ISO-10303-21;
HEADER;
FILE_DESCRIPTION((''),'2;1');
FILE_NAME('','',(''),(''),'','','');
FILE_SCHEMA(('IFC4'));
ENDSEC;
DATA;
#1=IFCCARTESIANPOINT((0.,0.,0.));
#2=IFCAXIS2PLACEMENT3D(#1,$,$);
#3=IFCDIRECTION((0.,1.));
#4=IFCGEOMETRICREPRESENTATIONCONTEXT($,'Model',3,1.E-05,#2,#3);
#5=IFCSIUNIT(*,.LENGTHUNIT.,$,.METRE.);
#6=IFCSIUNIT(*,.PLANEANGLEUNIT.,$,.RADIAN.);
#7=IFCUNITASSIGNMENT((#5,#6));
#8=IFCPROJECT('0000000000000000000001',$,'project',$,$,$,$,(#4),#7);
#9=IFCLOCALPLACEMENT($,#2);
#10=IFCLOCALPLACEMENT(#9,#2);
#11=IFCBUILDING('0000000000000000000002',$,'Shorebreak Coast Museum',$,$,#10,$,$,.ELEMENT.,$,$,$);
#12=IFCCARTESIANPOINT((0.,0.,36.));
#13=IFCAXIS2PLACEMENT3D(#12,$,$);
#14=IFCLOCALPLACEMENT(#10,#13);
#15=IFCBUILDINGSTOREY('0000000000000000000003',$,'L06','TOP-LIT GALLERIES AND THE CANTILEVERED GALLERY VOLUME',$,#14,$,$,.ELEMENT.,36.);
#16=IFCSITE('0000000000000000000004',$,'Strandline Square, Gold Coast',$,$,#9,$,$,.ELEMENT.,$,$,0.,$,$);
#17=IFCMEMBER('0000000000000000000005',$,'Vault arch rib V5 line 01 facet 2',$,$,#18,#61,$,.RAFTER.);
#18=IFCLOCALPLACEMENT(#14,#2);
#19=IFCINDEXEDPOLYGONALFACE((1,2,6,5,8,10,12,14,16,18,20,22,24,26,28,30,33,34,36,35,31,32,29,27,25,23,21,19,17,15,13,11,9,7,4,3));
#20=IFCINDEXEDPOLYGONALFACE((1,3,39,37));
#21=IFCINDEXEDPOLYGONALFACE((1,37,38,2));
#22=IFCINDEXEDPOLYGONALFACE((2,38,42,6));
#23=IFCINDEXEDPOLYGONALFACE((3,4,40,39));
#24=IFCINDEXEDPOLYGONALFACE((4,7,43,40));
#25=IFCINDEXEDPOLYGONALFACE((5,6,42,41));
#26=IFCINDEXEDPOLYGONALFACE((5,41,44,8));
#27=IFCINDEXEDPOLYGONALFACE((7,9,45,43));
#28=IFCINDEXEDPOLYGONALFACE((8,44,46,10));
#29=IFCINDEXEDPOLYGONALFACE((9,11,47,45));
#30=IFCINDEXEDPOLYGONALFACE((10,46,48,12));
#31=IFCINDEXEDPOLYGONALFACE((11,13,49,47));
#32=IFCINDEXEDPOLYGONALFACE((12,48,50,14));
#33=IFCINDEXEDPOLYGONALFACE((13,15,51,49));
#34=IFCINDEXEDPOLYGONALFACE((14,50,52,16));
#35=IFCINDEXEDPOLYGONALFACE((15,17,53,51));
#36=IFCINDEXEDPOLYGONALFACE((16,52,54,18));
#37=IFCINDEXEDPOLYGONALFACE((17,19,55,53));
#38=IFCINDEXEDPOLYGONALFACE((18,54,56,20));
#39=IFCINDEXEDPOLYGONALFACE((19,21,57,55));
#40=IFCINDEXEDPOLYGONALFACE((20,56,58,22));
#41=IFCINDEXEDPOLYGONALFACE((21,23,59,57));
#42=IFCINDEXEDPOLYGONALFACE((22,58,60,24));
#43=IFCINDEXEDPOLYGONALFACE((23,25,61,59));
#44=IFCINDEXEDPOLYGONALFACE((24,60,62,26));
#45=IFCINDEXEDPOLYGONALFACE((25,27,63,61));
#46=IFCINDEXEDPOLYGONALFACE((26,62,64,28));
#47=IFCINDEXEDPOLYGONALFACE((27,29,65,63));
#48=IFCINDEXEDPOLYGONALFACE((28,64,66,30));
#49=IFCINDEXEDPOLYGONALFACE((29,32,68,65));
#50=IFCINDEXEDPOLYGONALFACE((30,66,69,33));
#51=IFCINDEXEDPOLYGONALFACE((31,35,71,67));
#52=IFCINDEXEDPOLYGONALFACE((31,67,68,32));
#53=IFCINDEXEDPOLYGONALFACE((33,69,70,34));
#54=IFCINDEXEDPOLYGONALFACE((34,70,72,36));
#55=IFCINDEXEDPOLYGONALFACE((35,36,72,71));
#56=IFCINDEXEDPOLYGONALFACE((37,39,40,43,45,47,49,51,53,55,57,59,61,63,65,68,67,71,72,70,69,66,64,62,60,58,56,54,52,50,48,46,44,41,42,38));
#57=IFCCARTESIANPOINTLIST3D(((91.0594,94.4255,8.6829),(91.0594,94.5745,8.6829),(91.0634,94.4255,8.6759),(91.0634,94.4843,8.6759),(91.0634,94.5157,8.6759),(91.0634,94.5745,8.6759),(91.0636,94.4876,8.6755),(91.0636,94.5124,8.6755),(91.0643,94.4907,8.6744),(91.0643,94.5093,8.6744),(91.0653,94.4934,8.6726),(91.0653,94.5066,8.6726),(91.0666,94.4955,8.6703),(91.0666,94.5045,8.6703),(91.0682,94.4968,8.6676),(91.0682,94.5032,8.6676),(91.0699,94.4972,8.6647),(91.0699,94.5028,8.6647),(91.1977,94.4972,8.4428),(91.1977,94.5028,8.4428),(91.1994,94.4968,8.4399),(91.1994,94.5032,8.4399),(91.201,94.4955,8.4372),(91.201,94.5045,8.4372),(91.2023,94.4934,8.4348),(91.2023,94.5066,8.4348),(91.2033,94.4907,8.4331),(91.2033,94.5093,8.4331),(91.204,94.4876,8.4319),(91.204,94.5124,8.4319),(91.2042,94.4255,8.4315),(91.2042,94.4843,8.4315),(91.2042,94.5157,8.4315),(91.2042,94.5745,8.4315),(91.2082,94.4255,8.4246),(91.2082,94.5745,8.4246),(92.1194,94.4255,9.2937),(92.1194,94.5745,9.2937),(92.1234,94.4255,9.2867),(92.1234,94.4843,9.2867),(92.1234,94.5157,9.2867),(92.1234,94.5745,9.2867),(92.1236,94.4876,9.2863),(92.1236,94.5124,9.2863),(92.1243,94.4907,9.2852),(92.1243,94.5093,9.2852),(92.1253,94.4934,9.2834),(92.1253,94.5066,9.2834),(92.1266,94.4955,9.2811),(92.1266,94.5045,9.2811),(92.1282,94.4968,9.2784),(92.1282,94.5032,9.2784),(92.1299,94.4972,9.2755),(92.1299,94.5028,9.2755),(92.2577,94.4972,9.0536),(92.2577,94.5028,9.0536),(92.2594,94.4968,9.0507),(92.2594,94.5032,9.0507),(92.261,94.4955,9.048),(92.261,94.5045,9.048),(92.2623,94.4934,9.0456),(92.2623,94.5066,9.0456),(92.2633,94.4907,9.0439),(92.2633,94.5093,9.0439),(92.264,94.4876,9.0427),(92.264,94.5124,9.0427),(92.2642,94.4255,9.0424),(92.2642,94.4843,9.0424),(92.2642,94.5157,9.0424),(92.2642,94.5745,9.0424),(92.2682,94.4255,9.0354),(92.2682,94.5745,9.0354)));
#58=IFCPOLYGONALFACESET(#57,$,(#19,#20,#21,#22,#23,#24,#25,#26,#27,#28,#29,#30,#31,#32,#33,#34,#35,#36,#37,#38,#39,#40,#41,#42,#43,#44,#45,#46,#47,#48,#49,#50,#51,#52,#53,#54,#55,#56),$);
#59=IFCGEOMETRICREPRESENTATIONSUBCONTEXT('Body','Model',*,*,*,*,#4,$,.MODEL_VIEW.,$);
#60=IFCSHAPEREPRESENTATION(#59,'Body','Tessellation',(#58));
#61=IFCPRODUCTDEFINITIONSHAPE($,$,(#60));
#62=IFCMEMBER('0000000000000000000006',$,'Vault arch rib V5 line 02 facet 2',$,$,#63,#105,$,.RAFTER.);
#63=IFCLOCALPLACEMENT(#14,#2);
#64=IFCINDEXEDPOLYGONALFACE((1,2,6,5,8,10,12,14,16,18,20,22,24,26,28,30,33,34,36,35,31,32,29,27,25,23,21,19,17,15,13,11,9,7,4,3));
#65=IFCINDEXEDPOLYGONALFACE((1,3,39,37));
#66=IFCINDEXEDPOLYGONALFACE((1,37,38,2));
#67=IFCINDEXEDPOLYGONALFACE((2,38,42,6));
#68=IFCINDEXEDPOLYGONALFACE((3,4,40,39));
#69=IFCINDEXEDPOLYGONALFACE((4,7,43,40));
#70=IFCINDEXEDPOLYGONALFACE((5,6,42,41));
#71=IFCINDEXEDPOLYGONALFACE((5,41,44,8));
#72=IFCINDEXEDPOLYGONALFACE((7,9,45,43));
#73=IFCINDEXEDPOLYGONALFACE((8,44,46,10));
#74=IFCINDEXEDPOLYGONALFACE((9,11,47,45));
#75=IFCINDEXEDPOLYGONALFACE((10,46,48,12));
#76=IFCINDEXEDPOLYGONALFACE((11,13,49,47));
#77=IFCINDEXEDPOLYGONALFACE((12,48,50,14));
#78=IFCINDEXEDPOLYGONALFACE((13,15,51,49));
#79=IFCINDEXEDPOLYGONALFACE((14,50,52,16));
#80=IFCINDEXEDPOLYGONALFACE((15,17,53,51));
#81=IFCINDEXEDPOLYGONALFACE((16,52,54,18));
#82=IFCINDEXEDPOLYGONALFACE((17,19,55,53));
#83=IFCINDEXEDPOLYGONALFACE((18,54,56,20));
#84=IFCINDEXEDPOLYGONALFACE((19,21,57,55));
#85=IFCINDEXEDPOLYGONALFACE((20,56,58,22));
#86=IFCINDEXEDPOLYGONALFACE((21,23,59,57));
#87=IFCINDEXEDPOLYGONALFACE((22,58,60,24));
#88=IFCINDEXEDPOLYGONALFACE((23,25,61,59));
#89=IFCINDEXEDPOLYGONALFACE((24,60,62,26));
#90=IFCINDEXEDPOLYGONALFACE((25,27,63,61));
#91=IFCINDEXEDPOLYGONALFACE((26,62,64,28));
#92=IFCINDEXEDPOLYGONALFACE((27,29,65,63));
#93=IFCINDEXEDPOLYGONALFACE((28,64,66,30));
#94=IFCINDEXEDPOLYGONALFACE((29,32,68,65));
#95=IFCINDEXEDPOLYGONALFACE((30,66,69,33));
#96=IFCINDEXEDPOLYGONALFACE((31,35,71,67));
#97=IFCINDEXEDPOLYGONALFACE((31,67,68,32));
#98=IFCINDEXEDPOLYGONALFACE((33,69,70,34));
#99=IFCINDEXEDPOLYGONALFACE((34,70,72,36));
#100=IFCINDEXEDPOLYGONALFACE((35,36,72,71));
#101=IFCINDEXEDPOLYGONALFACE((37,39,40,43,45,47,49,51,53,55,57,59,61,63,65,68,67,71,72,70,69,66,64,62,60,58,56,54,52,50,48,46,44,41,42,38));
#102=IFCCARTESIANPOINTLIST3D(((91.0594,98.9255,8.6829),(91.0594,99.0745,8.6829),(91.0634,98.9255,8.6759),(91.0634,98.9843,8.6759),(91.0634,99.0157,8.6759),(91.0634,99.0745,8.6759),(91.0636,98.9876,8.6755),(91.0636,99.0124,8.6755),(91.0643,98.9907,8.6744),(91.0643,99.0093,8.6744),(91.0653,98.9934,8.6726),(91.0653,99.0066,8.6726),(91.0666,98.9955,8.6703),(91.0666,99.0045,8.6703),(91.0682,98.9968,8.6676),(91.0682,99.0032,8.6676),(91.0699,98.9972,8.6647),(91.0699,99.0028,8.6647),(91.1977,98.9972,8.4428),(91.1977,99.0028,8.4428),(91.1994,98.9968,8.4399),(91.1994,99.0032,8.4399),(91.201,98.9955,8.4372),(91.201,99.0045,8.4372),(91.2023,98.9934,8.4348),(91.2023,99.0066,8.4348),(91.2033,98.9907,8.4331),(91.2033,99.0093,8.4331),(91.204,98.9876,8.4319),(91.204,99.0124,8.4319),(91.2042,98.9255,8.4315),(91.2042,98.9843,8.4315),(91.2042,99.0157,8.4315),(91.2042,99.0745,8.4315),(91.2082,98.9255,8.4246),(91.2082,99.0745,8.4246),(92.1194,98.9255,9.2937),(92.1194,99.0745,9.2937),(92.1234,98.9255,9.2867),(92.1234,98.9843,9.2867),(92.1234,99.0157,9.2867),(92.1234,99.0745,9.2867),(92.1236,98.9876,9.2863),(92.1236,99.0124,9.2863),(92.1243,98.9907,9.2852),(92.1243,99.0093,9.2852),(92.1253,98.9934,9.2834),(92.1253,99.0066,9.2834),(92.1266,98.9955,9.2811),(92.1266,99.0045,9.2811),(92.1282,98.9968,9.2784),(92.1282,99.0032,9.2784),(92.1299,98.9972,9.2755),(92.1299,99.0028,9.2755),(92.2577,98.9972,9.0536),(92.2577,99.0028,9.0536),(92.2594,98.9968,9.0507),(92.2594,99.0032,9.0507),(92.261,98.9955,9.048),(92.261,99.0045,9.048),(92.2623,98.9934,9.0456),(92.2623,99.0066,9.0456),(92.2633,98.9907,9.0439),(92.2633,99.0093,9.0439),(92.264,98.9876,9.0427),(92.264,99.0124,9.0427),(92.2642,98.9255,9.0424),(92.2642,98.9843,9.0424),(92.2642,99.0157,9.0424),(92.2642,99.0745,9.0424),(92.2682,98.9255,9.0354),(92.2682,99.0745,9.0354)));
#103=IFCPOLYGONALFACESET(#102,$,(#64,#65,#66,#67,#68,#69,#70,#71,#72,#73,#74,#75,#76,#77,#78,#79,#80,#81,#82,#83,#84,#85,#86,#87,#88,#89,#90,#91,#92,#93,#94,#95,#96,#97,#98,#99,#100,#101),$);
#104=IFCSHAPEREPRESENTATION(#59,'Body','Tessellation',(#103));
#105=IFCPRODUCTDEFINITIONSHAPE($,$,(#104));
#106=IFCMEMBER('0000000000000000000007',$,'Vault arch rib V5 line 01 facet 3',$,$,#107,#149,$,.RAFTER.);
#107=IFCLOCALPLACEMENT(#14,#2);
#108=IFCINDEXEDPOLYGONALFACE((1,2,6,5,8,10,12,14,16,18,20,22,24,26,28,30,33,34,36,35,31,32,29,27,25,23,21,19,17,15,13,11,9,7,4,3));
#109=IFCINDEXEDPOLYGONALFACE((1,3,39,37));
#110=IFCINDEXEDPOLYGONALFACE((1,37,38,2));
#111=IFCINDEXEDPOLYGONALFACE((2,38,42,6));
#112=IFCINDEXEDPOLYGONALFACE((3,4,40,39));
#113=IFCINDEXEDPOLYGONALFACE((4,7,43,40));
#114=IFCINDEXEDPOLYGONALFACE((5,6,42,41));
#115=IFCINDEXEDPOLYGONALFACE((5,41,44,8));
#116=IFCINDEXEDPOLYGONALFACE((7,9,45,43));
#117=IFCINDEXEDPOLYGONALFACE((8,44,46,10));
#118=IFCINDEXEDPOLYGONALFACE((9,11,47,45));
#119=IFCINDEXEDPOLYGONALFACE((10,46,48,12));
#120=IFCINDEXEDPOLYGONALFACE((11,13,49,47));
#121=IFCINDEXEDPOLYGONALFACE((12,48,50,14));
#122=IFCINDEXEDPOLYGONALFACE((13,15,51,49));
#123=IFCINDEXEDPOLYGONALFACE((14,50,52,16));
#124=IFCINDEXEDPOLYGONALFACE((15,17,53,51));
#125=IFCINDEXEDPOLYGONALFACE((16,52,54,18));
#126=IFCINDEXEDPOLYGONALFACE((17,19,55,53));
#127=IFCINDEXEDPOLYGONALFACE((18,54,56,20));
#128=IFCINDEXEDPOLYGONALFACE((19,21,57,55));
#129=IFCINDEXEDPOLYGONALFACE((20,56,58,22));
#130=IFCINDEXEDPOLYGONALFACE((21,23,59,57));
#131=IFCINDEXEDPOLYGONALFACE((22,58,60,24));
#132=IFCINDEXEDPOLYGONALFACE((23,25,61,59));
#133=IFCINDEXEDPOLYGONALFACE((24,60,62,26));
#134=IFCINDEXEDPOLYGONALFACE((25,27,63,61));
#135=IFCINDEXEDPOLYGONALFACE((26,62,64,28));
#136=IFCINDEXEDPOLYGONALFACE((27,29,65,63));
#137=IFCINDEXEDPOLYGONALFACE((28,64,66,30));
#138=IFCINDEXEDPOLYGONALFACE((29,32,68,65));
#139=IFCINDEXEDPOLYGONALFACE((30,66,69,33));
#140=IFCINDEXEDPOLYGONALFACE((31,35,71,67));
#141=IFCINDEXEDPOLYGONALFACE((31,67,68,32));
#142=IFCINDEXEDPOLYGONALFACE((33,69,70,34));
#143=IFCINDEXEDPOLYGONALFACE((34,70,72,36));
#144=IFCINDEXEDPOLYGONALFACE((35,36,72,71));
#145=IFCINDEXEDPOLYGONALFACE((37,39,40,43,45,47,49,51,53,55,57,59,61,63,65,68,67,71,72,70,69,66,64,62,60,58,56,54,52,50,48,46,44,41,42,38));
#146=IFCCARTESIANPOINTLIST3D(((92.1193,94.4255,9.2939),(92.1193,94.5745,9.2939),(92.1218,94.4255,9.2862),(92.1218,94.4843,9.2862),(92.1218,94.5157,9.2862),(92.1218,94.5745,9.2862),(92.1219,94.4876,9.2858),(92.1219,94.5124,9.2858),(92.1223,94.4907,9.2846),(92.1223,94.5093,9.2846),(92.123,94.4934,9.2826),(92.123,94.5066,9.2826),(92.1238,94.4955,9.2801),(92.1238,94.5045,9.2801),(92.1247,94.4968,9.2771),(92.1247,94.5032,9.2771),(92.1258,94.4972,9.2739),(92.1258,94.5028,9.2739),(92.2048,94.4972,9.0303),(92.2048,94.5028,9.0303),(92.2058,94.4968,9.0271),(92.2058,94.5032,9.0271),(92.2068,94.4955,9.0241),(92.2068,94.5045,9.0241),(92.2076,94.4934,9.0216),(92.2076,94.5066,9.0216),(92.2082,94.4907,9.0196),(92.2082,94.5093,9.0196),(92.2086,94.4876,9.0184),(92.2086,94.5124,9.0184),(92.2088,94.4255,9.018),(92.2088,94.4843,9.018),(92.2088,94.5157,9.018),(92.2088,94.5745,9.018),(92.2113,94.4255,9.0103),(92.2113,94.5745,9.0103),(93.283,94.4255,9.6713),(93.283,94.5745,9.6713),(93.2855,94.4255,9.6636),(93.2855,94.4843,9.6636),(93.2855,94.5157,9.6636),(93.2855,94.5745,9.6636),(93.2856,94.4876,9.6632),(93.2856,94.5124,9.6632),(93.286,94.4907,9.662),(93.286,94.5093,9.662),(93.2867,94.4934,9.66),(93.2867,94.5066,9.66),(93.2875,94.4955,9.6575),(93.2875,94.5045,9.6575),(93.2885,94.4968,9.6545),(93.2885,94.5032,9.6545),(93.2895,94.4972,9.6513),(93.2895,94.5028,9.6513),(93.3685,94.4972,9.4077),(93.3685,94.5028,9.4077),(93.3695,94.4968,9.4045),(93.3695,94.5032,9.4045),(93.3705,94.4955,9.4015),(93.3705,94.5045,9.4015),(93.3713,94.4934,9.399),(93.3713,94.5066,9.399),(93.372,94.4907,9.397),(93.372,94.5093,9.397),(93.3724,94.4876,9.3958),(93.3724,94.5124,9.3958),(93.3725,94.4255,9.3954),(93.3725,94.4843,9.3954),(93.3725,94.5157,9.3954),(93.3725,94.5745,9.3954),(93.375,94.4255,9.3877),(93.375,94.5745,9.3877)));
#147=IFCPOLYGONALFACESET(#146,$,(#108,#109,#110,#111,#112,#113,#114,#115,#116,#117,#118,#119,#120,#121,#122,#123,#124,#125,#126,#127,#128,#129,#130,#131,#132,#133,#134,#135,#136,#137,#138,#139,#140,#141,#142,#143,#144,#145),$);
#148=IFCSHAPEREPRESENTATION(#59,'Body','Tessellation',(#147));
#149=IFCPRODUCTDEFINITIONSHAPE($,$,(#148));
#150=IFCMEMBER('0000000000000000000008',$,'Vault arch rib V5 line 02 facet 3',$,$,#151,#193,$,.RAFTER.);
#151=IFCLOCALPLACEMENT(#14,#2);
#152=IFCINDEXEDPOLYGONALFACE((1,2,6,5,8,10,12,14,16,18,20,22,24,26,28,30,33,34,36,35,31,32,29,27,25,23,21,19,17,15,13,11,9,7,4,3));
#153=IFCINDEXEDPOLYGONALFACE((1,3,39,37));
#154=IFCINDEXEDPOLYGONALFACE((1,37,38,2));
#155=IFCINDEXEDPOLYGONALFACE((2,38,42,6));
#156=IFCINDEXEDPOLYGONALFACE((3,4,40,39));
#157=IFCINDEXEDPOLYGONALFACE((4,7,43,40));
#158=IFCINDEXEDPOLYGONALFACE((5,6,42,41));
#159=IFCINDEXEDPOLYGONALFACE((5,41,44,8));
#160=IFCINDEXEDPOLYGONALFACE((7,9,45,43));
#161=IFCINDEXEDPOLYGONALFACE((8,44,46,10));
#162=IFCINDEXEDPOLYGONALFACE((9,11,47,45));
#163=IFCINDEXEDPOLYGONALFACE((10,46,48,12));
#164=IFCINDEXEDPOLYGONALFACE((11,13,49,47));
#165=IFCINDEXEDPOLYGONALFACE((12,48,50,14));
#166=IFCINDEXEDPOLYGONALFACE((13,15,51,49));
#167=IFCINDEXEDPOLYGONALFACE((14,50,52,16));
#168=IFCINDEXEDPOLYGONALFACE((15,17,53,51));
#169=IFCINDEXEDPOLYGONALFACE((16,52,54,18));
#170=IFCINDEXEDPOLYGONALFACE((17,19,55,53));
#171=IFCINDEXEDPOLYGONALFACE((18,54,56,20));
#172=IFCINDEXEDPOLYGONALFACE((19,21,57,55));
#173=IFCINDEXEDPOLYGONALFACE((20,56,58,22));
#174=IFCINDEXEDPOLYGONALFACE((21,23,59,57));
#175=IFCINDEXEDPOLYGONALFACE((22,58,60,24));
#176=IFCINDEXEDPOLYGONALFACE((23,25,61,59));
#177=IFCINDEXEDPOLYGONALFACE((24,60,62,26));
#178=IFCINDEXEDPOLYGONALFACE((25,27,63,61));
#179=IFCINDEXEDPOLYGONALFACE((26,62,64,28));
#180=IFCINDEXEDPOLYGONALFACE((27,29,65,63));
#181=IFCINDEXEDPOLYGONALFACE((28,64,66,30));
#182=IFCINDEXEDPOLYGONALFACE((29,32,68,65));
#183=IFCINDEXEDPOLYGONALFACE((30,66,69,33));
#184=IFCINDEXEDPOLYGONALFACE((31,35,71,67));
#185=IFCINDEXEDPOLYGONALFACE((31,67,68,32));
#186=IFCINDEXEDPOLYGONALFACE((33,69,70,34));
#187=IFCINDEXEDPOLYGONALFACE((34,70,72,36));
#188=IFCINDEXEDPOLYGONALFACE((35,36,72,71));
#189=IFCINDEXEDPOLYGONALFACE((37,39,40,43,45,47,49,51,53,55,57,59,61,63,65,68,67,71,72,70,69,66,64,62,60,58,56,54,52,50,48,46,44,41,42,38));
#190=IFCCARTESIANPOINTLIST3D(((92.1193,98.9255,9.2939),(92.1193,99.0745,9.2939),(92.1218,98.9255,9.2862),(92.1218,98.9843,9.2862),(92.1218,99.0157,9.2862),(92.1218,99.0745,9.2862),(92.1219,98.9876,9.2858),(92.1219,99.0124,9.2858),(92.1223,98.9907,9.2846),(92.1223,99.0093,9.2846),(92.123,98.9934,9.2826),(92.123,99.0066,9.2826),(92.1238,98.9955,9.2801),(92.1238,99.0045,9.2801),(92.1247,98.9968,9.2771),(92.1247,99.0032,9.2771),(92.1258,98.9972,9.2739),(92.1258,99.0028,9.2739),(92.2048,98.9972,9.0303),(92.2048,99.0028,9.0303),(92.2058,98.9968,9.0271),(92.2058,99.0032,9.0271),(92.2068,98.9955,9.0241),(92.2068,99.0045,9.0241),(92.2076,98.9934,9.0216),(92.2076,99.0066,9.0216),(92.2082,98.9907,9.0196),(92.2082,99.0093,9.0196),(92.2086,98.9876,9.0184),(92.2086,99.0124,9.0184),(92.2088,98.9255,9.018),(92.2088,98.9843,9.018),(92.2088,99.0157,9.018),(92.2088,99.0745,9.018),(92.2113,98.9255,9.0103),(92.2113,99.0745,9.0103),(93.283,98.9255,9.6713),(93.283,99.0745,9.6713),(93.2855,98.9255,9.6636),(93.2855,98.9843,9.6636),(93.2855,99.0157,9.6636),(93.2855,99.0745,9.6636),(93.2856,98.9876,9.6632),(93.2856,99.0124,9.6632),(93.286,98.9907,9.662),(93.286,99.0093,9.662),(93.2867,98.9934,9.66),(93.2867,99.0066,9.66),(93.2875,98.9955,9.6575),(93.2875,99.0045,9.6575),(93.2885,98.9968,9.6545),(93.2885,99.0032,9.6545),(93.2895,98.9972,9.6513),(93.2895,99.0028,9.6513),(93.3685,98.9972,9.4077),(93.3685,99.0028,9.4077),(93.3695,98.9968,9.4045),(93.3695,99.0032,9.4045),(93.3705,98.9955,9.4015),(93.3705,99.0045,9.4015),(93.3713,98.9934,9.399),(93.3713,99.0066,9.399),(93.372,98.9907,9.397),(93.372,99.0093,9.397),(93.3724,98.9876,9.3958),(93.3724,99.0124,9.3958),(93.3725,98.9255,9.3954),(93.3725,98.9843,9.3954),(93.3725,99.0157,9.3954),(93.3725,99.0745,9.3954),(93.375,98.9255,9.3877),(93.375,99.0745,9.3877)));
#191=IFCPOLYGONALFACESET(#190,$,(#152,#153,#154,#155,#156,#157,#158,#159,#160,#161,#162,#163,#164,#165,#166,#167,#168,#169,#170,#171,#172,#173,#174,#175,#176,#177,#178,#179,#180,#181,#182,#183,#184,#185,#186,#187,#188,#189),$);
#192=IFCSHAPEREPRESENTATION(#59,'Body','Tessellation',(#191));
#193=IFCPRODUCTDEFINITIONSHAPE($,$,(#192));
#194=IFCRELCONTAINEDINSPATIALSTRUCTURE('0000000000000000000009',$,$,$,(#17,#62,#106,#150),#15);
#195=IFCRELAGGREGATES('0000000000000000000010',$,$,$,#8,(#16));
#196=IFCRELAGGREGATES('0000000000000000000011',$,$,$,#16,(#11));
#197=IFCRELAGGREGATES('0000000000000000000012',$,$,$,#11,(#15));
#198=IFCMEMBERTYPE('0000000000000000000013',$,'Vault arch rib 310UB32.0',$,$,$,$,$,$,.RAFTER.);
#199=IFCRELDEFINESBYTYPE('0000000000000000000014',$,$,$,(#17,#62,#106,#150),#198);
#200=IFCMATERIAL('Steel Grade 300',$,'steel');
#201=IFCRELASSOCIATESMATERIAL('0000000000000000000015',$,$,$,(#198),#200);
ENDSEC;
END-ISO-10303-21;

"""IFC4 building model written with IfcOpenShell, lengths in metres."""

from ifc_helpers import new_model, si_unit, direction, frame, origin, origin_2d, place, context, subcontext, project, spatial, i_section, extrude, material, material_profile, profile_set, type_object, element, save


model = new_model("IFC4")

# Units and contexts
model_context = context("Model", 3, precision=1e-05, world=origin(), true_north=direction((0.0, 1.0)))
body_context = subcontext(model_context, "Body", "Model", "MODEL_VIEW")
ifc_project = project(units=[si_unit("LENGTHUNIT", "METRE"), si_unit("PLANEANGLEUNIT", "RADIAN")], contexts=[model_context])

# Site, building, storey
site_placement = place(None, origin())
site = spatial("IfcSite", under=ifc_project, at=site_placement, Name="Strandline Square, Gold Coast", CompositionType="ELEMENT", RefElevation=0.0)
building_placement = place(site_placement, origin())
building = spatial("IfcBuilding", under=site, at=building_placement, Name="Shorebreak Coast Museum", CompositionType="ELEMENT")
storey_placement = place(building_placement, frame((0.0, 0.0, 36.0)))
storey = spatial("IfcBuildingStorey", under=building, at=storey_placement, Name="L06", Description="TOP-LIT GALLERIES AND THE CANTILEVERED GALLERY VOLUME", CompositionType="ELEMENT", Elevation=36.0)

# Members
ifc_material_1 = material(Name="Steel Grade 300", Category="steel")
ifc_material_profile_1 = material_profile(ifc_material_1, i_section(OverallWidth=0.1489, OverallDepth=0.2981, WebThickness=0.0056, FlangeThickness=0.0081, FilletRadius=0.0129, at=origin_2d()), Name="310UB32.0")
ifc_profile_set_1 = profile_set([ifc_material_profile_1], Name="Steel Grade 300")
member_type_1 = type_object("IfcMemberType", Name="Vault arch rib 310UB32.0", PredefinedType="RAFTER", material=ifc_profile_set_1)
for number, where, z_axis, x_axis, name in (
    (1, (91.1338, 94.5, 8.5537), (0.866445, 0.0, 0.499273), (0.0, 1.0, 0.0), "Vault arch rib V5 line 01 facet 2"),
    (2, (91.1338, 99.0, 8.5537), (0.866445, 0.0, 0.499273), (0.0, 1.0, 0.0), "Vault arch rib V5 line 02 facet 2"),
    (3, (92.1653, 94.5, 9.1521), (0.951226, 0.0, 0.308495), (0.0, 1.0, 0.0), "Vault arch rib V5 line 01 facet 3"),
    (4, (92.1653, 99.0, 9.1521), (0.951226, 0.0, 0.308495), (0.0, 1.0, 0.0), "Vault arch rib V5 line 02 facet 3"),
):
    element("IfcMember", number, at=place(storey_placement, frame(where, z_axis=z_axis, x_axis=x_axis)), inside=storey, type_object=member_type_1, Name=name, PredefinedType="RAFTER", context=body_context, shape_type="SweptSolid", body=[
        extrude(i_section(OverallWidth=0.1489, OverallDepth=0.2981, WebThickness=0.0056, FlangeThickness=0.0081, FilletRadius=0.0129, at=origin_2d()), origin(), (0.0, 0.0, 1.0), 1.2234),
    ])

save(model, "model.ifc")
